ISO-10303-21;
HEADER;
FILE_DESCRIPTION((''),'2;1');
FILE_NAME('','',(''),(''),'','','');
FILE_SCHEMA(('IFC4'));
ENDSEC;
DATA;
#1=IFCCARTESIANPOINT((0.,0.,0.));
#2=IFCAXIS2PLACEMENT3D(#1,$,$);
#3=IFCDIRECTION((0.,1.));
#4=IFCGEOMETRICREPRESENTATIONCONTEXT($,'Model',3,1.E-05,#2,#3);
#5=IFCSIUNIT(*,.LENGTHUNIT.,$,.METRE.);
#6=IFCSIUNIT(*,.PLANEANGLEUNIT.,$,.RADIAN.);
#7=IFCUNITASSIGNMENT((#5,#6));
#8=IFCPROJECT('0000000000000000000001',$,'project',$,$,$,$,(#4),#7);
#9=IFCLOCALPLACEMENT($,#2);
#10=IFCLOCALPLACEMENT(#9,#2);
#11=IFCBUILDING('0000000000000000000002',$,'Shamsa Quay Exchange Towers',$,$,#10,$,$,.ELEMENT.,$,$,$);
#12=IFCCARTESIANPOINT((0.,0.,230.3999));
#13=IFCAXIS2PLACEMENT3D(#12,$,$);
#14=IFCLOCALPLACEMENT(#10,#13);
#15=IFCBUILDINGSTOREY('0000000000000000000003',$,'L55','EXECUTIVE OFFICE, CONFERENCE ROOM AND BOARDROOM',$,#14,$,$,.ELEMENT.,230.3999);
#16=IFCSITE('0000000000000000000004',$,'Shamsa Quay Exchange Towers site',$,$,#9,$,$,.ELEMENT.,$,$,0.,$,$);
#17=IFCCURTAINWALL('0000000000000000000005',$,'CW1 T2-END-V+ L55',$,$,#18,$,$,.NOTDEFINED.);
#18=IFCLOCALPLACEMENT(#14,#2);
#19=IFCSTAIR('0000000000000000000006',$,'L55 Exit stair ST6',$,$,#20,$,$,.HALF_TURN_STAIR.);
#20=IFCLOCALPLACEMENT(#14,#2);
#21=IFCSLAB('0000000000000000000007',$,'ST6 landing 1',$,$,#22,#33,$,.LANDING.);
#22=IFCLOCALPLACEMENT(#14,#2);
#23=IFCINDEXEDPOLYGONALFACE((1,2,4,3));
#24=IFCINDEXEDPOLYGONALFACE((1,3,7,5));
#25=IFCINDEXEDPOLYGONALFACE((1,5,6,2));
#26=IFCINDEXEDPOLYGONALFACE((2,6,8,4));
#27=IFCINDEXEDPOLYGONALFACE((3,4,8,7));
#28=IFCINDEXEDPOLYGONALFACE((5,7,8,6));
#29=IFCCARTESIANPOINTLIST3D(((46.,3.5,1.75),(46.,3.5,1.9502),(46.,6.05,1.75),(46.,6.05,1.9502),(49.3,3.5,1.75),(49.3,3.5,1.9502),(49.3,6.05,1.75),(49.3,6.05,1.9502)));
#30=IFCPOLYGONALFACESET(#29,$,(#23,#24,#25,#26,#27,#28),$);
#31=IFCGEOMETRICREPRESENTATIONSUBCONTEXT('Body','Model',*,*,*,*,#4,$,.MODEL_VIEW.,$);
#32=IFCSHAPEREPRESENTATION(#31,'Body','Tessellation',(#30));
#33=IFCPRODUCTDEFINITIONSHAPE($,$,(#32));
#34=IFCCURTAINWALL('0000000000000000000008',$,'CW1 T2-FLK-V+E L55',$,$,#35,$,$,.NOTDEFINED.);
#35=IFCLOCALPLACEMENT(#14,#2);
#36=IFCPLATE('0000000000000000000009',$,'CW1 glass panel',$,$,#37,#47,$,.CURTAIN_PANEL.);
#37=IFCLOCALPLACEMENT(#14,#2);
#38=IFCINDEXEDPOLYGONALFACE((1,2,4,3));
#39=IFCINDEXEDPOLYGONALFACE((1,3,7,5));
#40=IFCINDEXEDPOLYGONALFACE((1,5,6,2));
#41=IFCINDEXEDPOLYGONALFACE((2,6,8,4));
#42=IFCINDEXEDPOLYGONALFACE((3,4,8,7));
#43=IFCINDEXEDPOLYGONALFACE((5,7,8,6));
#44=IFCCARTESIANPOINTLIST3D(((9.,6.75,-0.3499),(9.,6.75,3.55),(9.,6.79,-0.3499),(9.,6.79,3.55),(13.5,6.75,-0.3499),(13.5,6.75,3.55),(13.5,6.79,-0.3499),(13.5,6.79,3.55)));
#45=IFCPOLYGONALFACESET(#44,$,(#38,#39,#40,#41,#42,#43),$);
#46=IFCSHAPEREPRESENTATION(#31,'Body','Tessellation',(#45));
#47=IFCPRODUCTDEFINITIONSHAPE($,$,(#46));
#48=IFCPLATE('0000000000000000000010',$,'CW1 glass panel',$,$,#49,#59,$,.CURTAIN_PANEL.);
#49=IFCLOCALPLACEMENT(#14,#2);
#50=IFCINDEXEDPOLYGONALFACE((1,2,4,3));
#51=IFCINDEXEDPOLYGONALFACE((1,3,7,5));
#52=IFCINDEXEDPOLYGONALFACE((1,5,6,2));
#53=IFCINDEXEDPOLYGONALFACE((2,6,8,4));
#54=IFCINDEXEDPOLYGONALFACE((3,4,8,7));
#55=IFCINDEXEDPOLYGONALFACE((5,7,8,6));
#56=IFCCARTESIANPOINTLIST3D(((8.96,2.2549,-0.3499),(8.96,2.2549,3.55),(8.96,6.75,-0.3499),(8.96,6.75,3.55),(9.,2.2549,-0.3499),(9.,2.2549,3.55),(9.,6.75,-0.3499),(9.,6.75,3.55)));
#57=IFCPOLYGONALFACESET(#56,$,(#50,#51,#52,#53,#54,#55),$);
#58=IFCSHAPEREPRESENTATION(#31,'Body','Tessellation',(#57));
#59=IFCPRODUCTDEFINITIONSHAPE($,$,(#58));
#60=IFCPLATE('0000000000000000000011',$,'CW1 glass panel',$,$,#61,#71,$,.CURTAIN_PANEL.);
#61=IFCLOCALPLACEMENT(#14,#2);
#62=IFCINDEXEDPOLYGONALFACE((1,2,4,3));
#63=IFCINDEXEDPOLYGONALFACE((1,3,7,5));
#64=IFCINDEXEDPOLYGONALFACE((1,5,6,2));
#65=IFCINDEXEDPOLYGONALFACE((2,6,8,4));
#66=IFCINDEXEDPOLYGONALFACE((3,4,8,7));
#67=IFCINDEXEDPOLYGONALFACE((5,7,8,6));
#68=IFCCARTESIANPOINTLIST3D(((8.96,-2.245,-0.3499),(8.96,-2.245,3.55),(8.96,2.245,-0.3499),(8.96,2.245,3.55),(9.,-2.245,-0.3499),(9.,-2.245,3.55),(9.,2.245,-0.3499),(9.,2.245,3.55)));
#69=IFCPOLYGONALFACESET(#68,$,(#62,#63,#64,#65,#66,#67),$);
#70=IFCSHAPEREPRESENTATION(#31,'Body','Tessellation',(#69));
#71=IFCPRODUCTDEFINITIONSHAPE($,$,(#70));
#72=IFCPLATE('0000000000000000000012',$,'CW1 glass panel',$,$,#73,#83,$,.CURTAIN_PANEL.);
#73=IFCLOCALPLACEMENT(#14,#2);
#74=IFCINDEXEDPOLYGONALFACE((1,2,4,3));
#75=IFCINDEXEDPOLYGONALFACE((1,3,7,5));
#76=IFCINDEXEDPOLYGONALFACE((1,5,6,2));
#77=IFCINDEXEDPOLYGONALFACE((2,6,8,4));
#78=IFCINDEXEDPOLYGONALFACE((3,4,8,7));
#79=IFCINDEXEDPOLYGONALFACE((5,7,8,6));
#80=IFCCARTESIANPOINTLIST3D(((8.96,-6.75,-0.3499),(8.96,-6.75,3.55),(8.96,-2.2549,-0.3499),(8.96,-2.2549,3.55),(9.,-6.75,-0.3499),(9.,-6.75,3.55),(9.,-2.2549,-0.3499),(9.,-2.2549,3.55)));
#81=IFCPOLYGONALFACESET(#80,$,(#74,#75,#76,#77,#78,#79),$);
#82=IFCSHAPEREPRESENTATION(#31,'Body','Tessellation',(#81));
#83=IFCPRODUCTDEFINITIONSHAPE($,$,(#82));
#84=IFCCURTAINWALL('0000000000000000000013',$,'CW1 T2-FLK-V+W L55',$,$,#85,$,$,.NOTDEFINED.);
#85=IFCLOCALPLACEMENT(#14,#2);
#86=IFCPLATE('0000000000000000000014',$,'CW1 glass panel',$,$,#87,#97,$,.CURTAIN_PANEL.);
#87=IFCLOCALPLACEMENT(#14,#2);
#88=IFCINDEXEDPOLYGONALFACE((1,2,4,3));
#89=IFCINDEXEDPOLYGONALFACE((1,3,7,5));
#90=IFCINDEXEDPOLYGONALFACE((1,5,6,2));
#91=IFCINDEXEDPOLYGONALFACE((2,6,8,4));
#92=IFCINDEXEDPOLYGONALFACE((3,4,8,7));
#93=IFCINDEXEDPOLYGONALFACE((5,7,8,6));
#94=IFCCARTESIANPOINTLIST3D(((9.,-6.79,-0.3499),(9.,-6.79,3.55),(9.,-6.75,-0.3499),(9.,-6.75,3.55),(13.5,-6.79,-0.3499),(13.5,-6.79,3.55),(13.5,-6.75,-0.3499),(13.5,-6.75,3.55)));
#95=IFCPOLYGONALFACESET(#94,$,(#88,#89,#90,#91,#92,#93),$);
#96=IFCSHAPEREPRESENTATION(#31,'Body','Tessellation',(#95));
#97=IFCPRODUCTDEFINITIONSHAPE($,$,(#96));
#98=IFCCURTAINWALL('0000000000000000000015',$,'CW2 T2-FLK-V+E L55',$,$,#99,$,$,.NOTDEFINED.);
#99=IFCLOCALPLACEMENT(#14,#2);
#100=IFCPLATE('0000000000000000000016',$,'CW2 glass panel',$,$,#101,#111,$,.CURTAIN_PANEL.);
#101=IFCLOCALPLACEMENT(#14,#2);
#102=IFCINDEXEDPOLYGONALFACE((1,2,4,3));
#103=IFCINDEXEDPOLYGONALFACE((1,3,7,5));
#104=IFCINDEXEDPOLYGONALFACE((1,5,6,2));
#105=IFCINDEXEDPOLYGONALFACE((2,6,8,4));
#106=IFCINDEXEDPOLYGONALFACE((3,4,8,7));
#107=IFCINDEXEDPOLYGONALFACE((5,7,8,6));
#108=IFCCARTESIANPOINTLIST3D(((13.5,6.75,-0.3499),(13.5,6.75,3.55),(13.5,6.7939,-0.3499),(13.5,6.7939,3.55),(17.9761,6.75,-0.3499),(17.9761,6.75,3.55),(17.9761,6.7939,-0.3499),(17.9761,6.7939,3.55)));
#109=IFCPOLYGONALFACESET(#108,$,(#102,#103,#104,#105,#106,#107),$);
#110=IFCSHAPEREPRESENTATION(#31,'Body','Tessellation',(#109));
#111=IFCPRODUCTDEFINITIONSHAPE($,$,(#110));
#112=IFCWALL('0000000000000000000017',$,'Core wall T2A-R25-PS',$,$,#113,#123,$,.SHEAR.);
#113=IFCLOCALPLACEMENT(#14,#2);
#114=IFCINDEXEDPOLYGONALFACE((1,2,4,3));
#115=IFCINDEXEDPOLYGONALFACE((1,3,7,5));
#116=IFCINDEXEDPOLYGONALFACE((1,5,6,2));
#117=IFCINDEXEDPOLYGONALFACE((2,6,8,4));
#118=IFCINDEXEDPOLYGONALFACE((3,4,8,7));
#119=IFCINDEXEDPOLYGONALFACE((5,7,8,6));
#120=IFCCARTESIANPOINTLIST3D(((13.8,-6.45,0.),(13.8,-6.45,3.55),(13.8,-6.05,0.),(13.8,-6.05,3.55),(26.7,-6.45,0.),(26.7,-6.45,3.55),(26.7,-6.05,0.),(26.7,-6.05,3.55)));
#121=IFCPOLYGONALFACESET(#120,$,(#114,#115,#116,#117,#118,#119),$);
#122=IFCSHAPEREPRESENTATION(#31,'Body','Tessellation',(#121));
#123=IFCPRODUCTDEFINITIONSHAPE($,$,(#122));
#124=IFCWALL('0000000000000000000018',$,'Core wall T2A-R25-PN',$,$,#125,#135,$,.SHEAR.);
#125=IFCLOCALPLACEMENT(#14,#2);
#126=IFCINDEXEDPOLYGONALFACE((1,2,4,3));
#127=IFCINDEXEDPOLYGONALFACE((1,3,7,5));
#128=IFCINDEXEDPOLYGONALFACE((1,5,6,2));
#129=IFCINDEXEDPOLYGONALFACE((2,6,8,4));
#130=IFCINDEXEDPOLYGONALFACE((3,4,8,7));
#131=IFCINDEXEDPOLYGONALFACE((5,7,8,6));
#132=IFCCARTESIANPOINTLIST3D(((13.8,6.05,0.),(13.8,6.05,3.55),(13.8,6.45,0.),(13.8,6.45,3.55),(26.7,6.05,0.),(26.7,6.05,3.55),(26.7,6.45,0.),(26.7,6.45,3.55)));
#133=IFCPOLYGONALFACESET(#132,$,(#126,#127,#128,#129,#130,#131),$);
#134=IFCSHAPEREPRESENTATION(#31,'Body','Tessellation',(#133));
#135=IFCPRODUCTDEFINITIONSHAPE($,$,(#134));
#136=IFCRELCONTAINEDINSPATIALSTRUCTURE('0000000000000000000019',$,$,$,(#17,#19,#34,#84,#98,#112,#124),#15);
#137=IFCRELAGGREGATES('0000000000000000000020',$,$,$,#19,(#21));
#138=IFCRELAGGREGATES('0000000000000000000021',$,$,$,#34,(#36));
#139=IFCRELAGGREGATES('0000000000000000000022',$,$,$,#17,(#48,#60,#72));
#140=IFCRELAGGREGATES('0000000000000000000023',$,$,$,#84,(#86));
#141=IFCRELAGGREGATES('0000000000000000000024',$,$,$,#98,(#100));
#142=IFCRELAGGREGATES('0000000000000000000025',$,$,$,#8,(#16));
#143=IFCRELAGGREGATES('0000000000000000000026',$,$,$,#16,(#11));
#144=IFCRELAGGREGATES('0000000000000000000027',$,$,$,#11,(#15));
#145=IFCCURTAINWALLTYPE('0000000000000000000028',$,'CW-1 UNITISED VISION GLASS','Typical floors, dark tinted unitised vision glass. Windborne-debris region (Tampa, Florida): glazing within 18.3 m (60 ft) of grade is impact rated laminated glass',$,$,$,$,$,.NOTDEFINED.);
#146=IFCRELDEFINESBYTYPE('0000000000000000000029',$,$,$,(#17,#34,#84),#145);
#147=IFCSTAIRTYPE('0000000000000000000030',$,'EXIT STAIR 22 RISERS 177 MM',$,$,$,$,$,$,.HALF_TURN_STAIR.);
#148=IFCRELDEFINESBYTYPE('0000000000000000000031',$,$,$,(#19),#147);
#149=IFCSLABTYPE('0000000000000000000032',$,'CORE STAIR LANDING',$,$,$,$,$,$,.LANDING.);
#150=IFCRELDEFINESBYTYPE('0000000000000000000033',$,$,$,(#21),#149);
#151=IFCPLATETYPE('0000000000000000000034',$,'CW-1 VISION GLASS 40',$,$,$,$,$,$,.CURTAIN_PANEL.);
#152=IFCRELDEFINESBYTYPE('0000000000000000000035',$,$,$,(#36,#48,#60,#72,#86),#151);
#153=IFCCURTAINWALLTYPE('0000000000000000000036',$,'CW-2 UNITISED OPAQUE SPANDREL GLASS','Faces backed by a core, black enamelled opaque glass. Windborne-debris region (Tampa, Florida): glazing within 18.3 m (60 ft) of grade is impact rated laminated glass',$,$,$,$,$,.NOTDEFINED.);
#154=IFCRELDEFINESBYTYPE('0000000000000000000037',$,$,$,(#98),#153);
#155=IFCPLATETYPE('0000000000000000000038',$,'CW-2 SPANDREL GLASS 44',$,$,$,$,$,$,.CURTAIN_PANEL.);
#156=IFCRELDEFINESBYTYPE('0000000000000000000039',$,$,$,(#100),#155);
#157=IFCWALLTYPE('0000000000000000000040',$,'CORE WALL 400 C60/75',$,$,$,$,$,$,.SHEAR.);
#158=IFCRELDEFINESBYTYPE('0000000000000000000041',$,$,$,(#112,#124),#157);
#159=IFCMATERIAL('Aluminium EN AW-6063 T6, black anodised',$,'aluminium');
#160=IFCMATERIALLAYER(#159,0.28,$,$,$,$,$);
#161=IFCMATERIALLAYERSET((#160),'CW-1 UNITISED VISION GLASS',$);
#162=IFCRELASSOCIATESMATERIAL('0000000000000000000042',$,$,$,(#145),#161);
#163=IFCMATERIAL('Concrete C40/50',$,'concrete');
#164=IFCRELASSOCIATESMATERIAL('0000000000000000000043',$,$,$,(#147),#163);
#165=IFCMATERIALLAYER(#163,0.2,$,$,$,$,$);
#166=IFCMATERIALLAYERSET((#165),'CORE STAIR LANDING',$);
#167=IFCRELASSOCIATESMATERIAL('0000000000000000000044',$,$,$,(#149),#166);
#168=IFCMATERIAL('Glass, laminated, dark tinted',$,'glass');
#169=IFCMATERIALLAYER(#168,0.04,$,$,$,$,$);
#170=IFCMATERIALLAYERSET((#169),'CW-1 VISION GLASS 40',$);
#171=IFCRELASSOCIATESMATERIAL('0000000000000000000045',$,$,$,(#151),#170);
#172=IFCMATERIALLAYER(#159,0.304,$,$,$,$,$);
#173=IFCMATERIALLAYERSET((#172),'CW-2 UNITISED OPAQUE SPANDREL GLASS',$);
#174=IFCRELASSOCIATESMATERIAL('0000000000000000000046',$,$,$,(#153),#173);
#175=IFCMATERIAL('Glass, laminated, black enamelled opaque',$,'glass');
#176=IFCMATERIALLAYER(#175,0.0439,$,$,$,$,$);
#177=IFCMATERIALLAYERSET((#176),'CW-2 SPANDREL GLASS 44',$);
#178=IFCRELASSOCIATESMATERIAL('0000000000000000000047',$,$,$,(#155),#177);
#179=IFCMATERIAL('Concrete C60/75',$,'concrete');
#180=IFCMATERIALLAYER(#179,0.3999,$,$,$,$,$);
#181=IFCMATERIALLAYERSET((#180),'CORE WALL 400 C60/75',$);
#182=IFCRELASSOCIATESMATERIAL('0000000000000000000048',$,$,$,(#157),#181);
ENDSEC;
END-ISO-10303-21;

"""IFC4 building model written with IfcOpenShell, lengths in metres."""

from ifc_helpers import new_model, si_unit, direction, frame, frame_2d, origin, origin_2d, place, context, subcontext, project, spatial, polyline, rectangle, outline, extrude, material, layer, layer_set, type_object, element, aggregate, save


model = new_model("IFC4")

# Units and contexts
model_context = context("Model", 3, precision=1e-05, world=origin(), true_north=direction((0.0, 1.0)))
body_context = subcontext(model_context, "Body", "Model", "MODEL_VIEW")
ifc_project = project(units=[si_unit("LENGTHUNIT", "METRE"), si_unit("PLANEANGLEUNIT", "RADIAN")], contexts=[model_context])

# Site, building, storey
site_placement = place(None, origin())
site = spatial("IfcSite", under=ifc_project, at=site_placement, Name="Shamsa Quay Exchange Towers site", CompositionType="ELEMENT", RefElevation=0.0)
building_placement = place(site_placement, origin())
building = spatial("IfcBuilding", under=site, at=building_placement, Name="Shamsa Quay Exchange Towers", CompositionType="ELEMENT")
storey_placement = place(building_placement, frame((0.0, 0.0, 230.3999)))
storey = spatial("IfcBuildingStorey", under=building, at=storey_placement, Name="L55", Description="EXECUTIVE OFFICE, CONFERENCE ROOM AND BOARDROOM", CompositionType="ELEMENT", Elevation=230.3999)

# Curtain wall
ifc_material_1 = material(Name="Aluminium EN AW-6063 T6, black anodised", Category="aluminium")
ifc_layer_1 = layer(ifc_material_1, 0.28)
ifc_layer_set_1 = layer_set([ifc_layer_1], Name="CW-1 UNITISED VISION GLASS")
curtain_wall_type_1 = type_object("IfcCurtainWallType", Name="CW-1 UNITISED VISION GLASS", Description="Typical floors, dark tinted unitised vision glass. Windborne-debris region (Tampa, Florida): glazing within 18.3 m (60 ft) of grade is impact rated laminated glass", PredefinedType="NOTDEFINED", material=ifc_layer_set_1)
curtain_wall_1_placement = place(storey_placement, origin())
curtain_wall_1 = element("IfcCurtainWall", 1, at=curtain_wall_1_placement, inside=storey, type_object=curtain_wall_type_1, Name="CW1 T2-END-V+ L55", PredefinedType="NOTDEFINED")

# Stair, slab
ifc_material_2 = material(Name="Concrete C40/50", Category="concrete")
stair_type = type_object("IfcStairType", Name="EXIT STAIR 22 RISERS 177 MM", PredefinedType="HALF_TURN_STAIR", material=ifc_material_2)
ifc_layer_2 = layer(ifc_material_2, 0.2)
ifc_layer_set_2 = layer_set([ifc_layer_2], Name="CORE STAIR LANDING")
slab_type_1 = type_object("IfcSlabType", Name="CORE STAIR LANDING", PredefinedType="LANDING", material=ifc_layer_set_2)
stair_1_placement = place(storey_placement, origin())
stair_1 = element("IfcStair", 2, at=stair_1_placement, inside=storey, type_object=stair_type, Name="L55 Exit stair ST6", PredefinedType="HALF_TURN_STAIR")
slab_1_placement = place(storey_placement, frame((0.0, 0.0, 1.75)))
slab_1 = element("IfcSlab", 3, at=slab_1_placement, type_object=slab_type_1, Name="ST6 landing 1", PredefinedType="LANDING", context=body_context, shape_type="SweptSolid", body=[
    extrude(outline(polyline([(49.3, 6.05), (46.0, 6.05), (46.0, 3.5), (49.3, 3.5), (49.3, 6.05)])), origin(), (0.0, 0.0, 1.0), 0.2002),
])
aggregate(stair_1, [slab_1])

# Curtain wall, plate
curtain_wall_2_placement = place(storey_placement, origin())
curtain_wall_2 = element("IfcCurtainWall", 4, at=curtain_wall_2_placement, inside=storey, type_object=curtain_wall_type_1, Name="CW1 T2-FLK-V+E L55", PredefinedType="NOTDEFINED")
ifc_material_3 = material(Name="Glass, laminated, dark tinted", Category="glass")
ifc_layer_3 = layer(ifc_material_3, 0.04)
ifc_layer_set_3 = layer_set([ifc_layer_3], Name="CW-1 VISION GLASS 40")
plate_type_1 = type_object("IfcPlateType", Name="CW-1 VISION GLASS 40", PredefinedType="CURTAIN_PANEL", material=ifc_layer_set_3)
plate_1_placement = place(storey_placement, frame((11.25, 6.77, -0.3499), z_axis=(0.0, 0.0, 1.0), x_axis=(-1.0, 0.0, 0.0)))
plate_1 = element("IfcPlate", 5, at=plate_1_placement, type_object=plate_type_1, Name="CW1 glass panel", PredefinedType="CURTAIN_PANEL", context=body_context, shape_type="SweptSolid", body=[
    extrude(rectangle(XDim=4.5, YDim=0.04, at=origin_2d()), origin(), (0.0, 0.0, 1.0), 3.8999),
])
aggregate(curtain_wall_2, [plate_1])

# Plates
plate_2_placement = place(storey_placement, frame((8.98, 4.5024, -0.3499), z_axis=(0.0, 0.0, 1.0), x_axis=(0.0, -1.0, 0.0)))
plate_2 = element("IfcPlate", 6, at=plate_2_placement, type_object=plate_type_1, Name="CW1 glass panel", PredefinedType="CURTAIN_PANEL", context=body_context, shape_type="SweptSolid", body=[
    extrude(rectangle(XDim=4.4951, YDim=0.04, at=origin_2d()), origin(), (0.0, 0.0, 1.0), 3.8999),
])
plate_3_placement = place(storey_placement, frame((8.98, 0.0, -0.3499), z_axis=(0.0, 0.0, 1.0), x_axis=(0.0, -1.0, 0.0)))
plate_3 = element("IfcPlate", 7, at=plate_3_placement, type_object=plate_type_1, Name="CW1 glass panel", PredefinedType="CURTAIN_PANEL", context=body_context, shape_type="SweptSolid", body=[
    extrude(rectangle(XDim=4.49, YDim=0.04, at=origin_2d()), origin(), (0.0, 0.0, 1.0), 3.8999),
])
plate_4_placement = place(storey_placement, frame((8.98, -4.5024, -0.3499), z_axis=(0.0, 0.0, 1.0), x_axis=(0.0, -1.0, 0.0)))
plate_4 = element("IfcPlate", 8, at=plate_4_placement, type_object=plate_type_1, Name="CW1 glass panel", PredefinedType="CURTAIN_PANEL", context=body_context, shape_type="SweptSolid", body=[
    extrude(rectangle(XDim=4.4951, YDim=0.04, at=origin_2d()), origin(), (0.0, 0.0, 1.0), 3.8999),
])
aggregate(curtain_wall_1, [plate_2, plate_3, plate_4])

# Curtain walls, plates
curtain_wall_3_placement = place(storey_placement, origin())
curtain_wall_3 = element("IfcCurtainWall", 9, at=curtain_wall_3_placement, inside=storey, type_object=curtain_wall_type_1, Name="CW1 T2-FLK-V+W L55", PredefinedType="NOTDEFINED")
plate_5_placement = place(storey_placement, frame((11.25, -6.77, -0.3499)))
plate_5 = element("IfcPlate", 10, at=plate_5_placement, type_object=plate_type_1, Name="CW1 glass panel", PredefinedType="CURTAIN_PANEL", context=body_context, shape_type="SweptSolid", body=[
    extrude(rectangle(XDim=4.5, YDim=0.04, at=origin_2d()), origin(), (0.0, 0.0, 1.0), 3.8999),
])
aggregate(curtain_wall_3, [plate_5])
ifc_layer_4 = layer(ifc_material_1, 0.304)
ifc_layer_set_4 = layer_set([ifc_layer_4], Name="CW-2 UNITISED OPAQUE SPANDREL GLASS")
curtain_wall_type_2 = type_object("IfcCurtainWallType", Name="CW-2 UNITISED OPAQUE SPANDREL GLASS", Description="Faces backed by a core, black enamelled opaque glass. Windborne-debris region (Tampa, Florida): glazing within 18.3 m (60 ft) of grade is impact rated laminated glass", PredefinedType="NOTDEFINED", material=ifc_layer_set_4)
curtain_wall_4_placement = place(storey_placement, origin())
curtain_wall_4 = element("IfcCurtainWall", 11, at=curtain_wall_4_placement, inside=storey, type_object=curtain_wall_type_2, Name="CW2 T2-FLK-V+E L55", PredefinedType="NOTDEFINED")
ifc_material_4 = material(Name="Glass, laminated, black enamelled opaque", Category="glass")
ifc_layer_5 = layer(ifc_material_4, 0.0439)
ifc_layer_set_5 = layer_set([ifc_layer_5], Name="CW-2 SPANDREL GLASS 44")
plate_type_2 = type_object("IfcPlateType", Name="CW-2 SPANDREL GLASS 44", PredefinedType="CURTAIN_PANEL", material=ifc_layer_set_5)
plate_6_placement = place(storey_placement, frame((15.738, 6.772, -0.3499), z_axis=(0.0, 0.0, 1.0), x_axis=(-1.0, 0.0, 0.0)))
plate_6 = element("IfcPlate", 12, at=plate_6_placement, type_object=plate_type_2, Name="CW2 glass panel", PredefinedType="CURTAIN_PANEL", context=body_context, shape_type="SweptSolid", body=[
    extrude(rectangle(XDim=4.4761, YDim=0.0439, at=origin_2d()), origin(), (0.0, 0.0, 1.0), 3.8999),
])
aggregate(curtain_wall_4, [plate_6])

# Walls
ifc_material_5 = material(Name="Concrete C60/75", Category="concrete")
ifc_layer_6 = layer(ifc_material_5, 0.3999)
ifc_layer_set_6 = layer_set([ifc_layer_6], Name="CORE WALL 400 C60/75")
wall_type_1 = type_object("IfcWallType", Name="CORE WALL 400 C60/75", PredefinedType="SHEAR", material=ifc_layer_set_6)
for number, where, name in (
    (13, (13.8, -6.25, 0.0), "Core wall T2A-R25-PS"),
    (14, (13.8, 6.25, 0.0), "Core wall T2A-R25-PN"),
):
    element("IfcWall", number, at=place(storey_placement, frame(where)), inside=storey, type_object=wall_type_1, Name=name, PredefinedType="SHEAR", context=body_context, shape_type="SweptSolid", body=[
        extrude(rectangle(XDim=12.8999, YDim=0.3999, at=frame_2d((6.45, 0.0))), origin(), (0.0, 0.0, 1.0), 3.55),
    ])

save(model, "model.ifc")
